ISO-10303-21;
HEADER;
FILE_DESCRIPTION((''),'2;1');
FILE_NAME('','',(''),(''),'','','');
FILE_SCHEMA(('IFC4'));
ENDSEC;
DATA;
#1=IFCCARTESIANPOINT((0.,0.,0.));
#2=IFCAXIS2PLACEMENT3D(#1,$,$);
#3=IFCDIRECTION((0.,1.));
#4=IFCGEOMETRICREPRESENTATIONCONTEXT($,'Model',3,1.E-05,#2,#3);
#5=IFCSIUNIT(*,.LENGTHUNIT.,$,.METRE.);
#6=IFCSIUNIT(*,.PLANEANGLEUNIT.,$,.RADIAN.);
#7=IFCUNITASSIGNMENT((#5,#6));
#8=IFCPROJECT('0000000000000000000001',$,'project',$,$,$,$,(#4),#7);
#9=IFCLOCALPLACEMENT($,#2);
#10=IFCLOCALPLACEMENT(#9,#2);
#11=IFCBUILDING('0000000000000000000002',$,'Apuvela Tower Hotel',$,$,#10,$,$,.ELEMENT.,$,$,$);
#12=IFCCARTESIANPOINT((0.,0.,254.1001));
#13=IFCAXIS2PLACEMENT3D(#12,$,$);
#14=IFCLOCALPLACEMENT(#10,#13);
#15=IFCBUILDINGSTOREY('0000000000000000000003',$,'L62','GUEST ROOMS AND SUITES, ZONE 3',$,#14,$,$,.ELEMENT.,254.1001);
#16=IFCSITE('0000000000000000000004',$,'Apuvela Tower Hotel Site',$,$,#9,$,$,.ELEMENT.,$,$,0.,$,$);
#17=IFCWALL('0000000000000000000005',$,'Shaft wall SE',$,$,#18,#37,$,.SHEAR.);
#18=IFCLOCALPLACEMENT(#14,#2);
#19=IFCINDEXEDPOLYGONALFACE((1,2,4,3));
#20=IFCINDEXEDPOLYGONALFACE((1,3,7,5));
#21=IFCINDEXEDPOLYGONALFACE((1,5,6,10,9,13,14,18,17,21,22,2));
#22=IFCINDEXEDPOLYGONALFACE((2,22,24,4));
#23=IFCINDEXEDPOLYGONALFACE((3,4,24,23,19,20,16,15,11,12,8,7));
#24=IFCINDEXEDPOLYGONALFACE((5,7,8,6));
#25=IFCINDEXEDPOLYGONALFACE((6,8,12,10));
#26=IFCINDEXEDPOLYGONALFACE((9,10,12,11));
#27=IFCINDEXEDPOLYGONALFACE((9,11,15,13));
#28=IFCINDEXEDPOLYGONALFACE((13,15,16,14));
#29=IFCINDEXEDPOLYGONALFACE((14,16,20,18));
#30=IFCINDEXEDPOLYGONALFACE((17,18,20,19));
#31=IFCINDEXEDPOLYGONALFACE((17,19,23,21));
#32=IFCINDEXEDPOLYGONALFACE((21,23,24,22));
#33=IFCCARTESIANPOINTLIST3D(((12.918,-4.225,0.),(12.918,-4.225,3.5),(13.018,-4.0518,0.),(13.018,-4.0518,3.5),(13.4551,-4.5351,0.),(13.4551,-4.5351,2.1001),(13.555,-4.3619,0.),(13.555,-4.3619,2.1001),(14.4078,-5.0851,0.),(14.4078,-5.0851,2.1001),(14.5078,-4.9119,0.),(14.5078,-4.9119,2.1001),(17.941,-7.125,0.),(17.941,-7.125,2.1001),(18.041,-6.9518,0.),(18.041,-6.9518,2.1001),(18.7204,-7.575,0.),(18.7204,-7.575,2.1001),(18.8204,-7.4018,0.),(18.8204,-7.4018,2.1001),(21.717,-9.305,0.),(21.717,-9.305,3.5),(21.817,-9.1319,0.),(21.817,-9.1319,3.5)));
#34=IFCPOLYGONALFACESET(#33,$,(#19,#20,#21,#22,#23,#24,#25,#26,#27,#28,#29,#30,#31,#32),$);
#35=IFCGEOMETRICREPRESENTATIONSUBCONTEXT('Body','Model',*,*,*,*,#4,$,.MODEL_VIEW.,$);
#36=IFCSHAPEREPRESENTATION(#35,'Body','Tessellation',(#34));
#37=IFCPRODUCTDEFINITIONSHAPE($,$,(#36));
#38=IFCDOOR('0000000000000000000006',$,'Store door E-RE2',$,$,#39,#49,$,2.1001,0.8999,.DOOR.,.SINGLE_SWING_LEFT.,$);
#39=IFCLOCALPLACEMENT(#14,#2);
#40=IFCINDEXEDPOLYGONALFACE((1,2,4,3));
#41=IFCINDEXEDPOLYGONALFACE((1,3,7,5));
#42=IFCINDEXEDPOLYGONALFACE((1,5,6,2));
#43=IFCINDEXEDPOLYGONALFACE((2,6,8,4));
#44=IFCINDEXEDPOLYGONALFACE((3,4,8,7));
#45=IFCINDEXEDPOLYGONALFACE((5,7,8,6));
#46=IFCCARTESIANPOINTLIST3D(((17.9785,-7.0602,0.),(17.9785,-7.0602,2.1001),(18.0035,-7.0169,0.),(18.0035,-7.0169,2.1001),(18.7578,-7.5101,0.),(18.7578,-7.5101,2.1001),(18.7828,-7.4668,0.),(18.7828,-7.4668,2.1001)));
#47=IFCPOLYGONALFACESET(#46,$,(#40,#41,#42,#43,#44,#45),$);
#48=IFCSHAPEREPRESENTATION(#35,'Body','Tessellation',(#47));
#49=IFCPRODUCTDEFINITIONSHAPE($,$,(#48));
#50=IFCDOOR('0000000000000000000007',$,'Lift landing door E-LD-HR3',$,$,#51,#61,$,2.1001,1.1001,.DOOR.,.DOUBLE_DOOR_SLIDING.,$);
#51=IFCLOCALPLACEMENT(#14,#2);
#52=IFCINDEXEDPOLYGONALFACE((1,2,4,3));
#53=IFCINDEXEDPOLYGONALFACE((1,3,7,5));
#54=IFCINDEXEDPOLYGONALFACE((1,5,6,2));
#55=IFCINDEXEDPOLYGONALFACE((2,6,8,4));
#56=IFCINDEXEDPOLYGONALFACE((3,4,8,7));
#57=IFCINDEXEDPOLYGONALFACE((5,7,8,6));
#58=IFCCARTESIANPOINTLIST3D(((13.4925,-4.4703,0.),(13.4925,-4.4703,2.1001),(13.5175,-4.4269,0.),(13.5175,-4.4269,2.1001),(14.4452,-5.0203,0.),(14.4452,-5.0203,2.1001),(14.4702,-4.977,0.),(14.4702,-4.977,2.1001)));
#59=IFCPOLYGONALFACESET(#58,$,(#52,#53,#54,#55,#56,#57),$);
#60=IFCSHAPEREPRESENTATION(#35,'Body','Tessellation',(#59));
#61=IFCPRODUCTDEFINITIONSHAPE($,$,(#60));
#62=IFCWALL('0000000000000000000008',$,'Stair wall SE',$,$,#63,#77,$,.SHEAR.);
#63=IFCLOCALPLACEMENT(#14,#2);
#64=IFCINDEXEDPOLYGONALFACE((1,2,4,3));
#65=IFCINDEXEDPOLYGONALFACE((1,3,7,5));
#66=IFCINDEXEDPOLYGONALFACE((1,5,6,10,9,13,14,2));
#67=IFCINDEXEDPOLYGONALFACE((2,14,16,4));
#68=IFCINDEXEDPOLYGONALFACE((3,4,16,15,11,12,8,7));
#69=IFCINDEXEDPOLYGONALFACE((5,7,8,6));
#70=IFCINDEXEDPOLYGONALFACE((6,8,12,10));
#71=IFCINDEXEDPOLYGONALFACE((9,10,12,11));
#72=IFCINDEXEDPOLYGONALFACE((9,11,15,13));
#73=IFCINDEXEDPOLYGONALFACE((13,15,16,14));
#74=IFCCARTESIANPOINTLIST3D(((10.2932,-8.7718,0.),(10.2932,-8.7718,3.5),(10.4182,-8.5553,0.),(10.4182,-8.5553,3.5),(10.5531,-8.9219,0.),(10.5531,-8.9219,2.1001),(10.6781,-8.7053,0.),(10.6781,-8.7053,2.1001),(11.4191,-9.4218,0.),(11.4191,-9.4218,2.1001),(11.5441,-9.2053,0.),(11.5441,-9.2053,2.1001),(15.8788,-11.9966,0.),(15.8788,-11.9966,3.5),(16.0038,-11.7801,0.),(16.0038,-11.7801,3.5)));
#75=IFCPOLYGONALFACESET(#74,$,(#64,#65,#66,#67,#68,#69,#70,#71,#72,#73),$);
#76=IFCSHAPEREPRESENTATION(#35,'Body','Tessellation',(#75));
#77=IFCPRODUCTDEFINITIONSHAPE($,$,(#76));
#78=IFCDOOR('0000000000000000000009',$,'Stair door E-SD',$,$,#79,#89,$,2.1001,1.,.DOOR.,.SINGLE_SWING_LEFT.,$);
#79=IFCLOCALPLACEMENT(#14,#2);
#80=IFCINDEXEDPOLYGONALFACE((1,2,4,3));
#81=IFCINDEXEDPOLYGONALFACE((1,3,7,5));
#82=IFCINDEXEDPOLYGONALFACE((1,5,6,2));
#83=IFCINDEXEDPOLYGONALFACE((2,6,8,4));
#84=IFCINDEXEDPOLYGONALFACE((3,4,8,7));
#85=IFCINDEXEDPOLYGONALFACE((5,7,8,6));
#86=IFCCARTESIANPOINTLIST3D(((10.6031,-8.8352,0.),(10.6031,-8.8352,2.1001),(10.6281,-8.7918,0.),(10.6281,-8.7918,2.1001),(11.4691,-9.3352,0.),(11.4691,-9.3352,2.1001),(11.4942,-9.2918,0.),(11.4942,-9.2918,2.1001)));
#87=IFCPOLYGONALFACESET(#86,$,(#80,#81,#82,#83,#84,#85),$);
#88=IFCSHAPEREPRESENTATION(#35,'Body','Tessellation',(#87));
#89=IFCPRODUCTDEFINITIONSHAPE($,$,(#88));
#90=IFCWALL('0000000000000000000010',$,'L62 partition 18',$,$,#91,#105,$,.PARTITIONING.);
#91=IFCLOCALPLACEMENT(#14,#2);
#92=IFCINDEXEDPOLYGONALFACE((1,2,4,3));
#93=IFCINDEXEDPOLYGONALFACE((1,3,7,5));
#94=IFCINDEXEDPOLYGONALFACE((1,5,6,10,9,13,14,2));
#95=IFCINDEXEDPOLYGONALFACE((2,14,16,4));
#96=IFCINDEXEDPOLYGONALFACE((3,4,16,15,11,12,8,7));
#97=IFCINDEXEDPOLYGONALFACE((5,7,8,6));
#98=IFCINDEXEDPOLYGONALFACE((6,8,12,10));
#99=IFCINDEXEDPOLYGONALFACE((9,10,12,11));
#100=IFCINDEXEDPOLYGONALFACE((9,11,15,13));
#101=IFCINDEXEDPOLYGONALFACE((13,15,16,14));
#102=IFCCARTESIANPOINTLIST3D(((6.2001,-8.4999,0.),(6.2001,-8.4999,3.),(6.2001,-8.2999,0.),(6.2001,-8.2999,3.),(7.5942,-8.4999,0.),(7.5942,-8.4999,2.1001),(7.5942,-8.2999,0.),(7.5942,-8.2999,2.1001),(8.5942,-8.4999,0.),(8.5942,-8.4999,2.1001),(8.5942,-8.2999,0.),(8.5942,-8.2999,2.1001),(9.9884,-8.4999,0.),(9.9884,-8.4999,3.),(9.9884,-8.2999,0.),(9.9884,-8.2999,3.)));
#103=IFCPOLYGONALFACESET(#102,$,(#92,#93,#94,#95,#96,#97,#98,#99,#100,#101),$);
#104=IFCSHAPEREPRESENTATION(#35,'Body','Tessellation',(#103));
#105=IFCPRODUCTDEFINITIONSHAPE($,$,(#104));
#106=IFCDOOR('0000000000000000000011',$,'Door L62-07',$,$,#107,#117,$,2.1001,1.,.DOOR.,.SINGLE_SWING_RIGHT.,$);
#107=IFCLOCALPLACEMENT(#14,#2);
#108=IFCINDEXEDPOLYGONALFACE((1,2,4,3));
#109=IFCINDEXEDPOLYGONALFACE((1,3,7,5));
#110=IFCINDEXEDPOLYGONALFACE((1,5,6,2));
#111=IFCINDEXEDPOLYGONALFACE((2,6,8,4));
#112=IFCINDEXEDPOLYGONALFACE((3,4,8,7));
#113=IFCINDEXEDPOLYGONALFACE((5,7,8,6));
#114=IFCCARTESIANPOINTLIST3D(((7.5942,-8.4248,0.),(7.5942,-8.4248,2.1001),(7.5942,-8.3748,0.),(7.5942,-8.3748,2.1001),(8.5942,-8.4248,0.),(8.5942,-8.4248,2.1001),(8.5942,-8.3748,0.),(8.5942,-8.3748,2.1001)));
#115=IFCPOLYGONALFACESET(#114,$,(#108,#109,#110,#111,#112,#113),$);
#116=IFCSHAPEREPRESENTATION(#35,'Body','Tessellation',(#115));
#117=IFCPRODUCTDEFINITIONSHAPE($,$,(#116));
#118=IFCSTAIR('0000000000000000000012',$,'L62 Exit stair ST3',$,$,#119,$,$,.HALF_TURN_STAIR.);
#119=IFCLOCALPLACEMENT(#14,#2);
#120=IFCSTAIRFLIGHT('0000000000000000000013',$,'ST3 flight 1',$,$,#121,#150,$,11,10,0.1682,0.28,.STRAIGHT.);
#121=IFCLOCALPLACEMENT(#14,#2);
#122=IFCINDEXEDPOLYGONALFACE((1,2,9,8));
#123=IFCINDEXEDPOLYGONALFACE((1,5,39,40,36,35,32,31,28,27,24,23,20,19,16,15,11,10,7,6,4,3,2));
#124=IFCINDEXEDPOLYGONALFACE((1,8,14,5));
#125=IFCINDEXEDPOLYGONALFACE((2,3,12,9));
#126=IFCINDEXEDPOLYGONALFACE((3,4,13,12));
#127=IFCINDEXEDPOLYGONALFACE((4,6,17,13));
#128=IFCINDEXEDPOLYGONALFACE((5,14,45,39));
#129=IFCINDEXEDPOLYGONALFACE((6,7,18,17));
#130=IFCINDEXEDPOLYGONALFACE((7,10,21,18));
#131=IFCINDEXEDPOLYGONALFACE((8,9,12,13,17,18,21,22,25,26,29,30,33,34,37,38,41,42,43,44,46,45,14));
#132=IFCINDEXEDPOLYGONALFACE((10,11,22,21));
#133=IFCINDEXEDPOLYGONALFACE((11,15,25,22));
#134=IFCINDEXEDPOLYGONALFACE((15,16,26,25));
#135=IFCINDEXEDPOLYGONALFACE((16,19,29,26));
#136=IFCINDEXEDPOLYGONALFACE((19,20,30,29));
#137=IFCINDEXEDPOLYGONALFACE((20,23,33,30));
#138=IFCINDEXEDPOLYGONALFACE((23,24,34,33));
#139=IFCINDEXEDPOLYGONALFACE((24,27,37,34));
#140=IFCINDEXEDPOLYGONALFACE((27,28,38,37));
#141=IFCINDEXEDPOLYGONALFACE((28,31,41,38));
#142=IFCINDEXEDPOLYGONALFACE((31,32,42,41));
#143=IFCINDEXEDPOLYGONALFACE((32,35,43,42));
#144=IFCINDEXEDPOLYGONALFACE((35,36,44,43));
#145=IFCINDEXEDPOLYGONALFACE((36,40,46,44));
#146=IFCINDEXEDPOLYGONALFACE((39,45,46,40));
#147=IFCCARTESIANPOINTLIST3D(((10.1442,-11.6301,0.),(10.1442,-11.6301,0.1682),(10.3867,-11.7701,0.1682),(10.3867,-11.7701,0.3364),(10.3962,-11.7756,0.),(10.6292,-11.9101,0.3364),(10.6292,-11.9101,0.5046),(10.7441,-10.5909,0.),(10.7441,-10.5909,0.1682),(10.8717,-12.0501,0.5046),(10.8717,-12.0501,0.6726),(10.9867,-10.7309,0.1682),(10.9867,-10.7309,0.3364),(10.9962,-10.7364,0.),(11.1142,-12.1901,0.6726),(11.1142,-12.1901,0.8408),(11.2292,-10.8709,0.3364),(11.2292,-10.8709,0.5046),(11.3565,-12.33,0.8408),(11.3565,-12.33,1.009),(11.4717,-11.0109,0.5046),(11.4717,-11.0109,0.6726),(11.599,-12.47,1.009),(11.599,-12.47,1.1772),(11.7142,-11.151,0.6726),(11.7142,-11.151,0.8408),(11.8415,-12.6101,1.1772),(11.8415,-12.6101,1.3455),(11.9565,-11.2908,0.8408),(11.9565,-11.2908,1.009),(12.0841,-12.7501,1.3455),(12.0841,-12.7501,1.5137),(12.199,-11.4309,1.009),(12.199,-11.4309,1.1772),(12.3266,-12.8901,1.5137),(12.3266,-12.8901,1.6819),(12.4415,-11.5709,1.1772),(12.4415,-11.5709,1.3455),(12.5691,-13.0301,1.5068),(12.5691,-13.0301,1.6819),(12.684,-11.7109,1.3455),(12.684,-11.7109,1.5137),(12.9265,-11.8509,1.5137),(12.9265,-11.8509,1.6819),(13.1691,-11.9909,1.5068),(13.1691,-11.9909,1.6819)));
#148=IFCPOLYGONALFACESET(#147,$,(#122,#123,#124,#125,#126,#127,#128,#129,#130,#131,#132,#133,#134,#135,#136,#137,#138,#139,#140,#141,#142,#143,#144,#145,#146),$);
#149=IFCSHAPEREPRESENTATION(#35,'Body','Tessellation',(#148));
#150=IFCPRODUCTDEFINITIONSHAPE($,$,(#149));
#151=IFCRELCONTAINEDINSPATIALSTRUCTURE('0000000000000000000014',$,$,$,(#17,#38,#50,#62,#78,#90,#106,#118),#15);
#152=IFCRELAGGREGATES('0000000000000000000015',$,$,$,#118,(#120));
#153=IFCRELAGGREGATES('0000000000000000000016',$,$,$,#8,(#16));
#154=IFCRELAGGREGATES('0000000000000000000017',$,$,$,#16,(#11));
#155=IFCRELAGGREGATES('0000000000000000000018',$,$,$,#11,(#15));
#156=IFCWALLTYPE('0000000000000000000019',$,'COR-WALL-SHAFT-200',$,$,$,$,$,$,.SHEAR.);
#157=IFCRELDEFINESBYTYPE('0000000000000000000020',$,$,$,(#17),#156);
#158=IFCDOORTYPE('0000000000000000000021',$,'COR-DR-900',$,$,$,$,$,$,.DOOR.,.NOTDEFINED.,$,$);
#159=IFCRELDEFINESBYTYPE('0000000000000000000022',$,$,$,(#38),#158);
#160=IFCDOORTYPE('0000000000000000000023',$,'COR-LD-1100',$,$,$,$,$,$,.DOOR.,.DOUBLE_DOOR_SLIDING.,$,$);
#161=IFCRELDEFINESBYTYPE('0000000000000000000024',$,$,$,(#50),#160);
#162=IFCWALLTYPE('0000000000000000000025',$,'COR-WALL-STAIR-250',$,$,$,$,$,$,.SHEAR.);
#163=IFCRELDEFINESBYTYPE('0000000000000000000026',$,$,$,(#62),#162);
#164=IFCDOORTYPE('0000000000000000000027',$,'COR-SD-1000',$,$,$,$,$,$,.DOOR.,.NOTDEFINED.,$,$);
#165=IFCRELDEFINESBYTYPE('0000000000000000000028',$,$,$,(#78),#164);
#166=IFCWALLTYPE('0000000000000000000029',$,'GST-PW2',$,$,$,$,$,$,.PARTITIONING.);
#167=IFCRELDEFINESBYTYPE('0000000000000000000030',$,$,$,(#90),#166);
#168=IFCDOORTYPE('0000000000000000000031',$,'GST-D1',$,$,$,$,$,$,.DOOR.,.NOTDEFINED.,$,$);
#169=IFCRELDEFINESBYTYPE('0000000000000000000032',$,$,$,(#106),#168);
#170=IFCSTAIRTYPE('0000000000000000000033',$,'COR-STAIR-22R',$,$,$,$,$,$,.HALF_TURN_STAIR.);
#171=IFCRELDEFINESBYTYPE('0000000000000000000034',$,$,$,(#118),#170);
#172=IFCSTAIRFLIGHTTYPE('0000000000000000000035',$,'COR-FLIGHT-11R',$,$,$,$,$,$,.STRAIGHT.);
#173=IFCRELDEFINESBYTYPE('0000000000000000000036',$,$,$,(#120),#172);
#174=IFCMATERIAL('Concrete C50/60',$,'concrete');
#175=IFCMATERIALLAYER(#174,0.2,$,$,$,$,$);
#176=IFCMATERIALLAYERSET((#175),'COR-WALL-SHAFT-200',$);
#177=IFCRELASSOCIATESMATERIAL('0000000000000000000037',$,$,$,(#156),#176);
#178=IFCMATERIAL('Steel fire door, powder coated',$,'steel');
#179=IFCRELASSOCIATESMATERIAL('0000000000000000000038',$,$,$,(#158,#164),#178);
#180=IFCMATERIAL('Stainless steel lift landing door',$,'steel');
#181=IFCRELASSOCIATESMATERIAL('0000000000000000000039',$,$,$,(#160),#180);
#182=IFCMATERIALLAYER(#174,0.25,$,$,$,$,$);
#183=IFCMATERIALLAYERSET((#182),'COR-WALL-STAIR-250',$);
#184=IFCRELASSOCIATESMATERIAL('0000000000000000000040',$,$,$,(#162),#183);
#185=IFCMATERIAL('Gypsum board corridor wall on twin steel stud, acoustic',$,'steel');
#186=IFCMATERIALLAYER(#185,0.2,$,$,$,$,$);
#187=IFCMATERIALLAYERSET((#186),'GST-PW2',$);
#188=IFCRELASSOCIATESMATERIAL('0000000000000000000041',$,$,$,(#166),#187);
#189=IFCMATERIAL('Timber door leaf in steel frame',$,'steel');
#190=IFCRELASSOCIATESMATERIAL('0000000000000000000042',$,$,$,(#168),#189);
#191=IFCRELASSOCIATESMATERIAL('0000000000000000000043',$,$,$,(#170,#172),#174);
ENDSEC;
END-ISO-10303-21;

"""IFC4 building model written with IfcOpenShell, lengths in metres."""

from ifc_helpers import new_model, si_unit, direction, frame, frame_2d, origin, place, context, subcontext, project, spatial, polyline, rectangle, outline, extrude, material, layer, layer_set, type_object, element, fill, aggregate, save


model = new_model("IFC4")

# Units and contexts
model_context = context("Model", 3, precision=1e-05, world=origin(), true_north=direction((0.0, 1.0)))
body_context = subcontext(model_context, "Body", "Model", "MODEL_VIEW")
ifc_project = project(units=[si_unit("LENGTHUNIT", "METRE"), si_unit("PLANEANGLEUNIT", "RADIAN")], contexts=[model_context])

# Site, building, storey
site_placement = place(None, origin())
site = spatial("IfcSite", under=ifc_project, at=site_placement, Name="Apuvela Tower Hotel Site", CompositionType="ELEMENT", RefElevation=0.0)
building_placement = place(site_placement, origin())
building = spatial("IfcBuilding", under=site, at=building_placement, Name="Apuvela Tower Hotel", CompositionType="ELEMENT")
storey_placement = place(building_placement, frame((0.0, 0.0, 254.1001)))
storey = spatial("IfcBuildingStorey", under=building, at=storey_placement, Name="L62", Description="GUEST ROOMS AND SUITES, ZONE 3", CompositionType="ELEMENT", Elevation=254.1001)

# Shared definitions
ifc_material_1 = material(Name="Concrete C50/60", Category="concrete")
ifc_material_2 = material(Name="Steel fire door, powder coated", Category="steel")

# Shared definitions
ifc_layer_1 = layer(ifc_material_1, 0.2)
ifc_layer_set_1 = layer_set([ifc_layer_1], Name="COR-WALL-SHAFT-200")
wall_type_1 = type_object("IfcWallType", Name="COR-WALL-SHAFT-200", PredefinedType="SHEAR", material=ifc_layer_set_1)
ifc_material_3 = material(Name="Stainless steel lift landing door", Category="steel")

# Wall, openings, doors
wall_1_placement = place(storey_placement, frame((12.968, -4.1384, 0.0), z_axis=(0.0, 0.0, 1.0), x_axis=(0.866028, -0.499995, 0.0)))
wall_1 = element("IfcWall", 1, at=wall_1_placement, inside=storey, type_object=wall_type_1, Name="Shaft wall SE", PredefinedType="SHEAR", context=body_context, shape_type="SweptSolid", body=[
    extrude(rectangle(XDim=10.1602, YDim=0.2, at=frame_2d((5.0801, 0.0))), origin(), (0.0, 0.0, 1.0), 3.5),
])
opening_1_placement = place(wall_1_placement, frame((0.6201, 0.0, 0.0)))
opening_1 = element("IfcOpeningElement", 2, at=opening_1_placement, cuts=wall_1, PredefinedType="OPENING", context=body_context, shape_type="SweptSolid", body=[
    extrude(rectangle(XDim=1.1001, YDim=2.1001, at=frame_2d((0.55, 1.05))), frame((0.0, 0.1099, 0.0), z_axis=(0.0, -1.0, 0.0), x_axis=(1.0, 0.0, 0.0)), (0.0, 0.0, 1.0), 0.22),
])
opening_2_placement = place(wall_1_placement, frame((5.8, 0.0, 0.0)))
opening_2 = element("IfcOpeningElement", 3, at=opening_2_placement, cuts=wall_1, PredefinedType="OPENING", context=body_context, shape_type="SweptSolid", body=[
    extrude(rectangle(XDim=0.8999, YDim=2.1001, at=frame_2d((0.45, 1.05))), frame((0.0, 0.1099, 0.0), z_axis=(0.0, -1.0, 0.0), x_axis=(1.0, 0.0, 0.0)), (0.0, 0.0, 1.0), 0.22),
])
door_type_1 = type_object("IfcDoorType", Name="COR-DR-900", OperationType="NOTDEFINED", PredefinedType="DOOR", material=ifc_material_2)
door_1_placement = place(opening_2_placement, origin())
door_1 = element("IfcDoor", 4, at=door_1_placement, inside=storey, type_object=door_type_1, Name="Store door E-RE2", OperationType="SINGLE_SWING_LEFT", OverallHeight=2.1001, OverallWidth=0.8999, PredefinedType="DOOR", context=body_context, shape_type="SweptSolid", body=[
    extrude(rectangle(XDim=0.8999, YDim=2.1001, at=frame_2d((0.45, 1.05))), frame((0.0, 0.0249, 0.0), z_axis=(0.0, -1.0, 0.0), x_axis=(1.0, 0.0, 0.0)), (0.0, 0.0, 1.0), 0.05),
])
fill(opening_2, door_1)
door_type_2 = type_object("IfcDoorType", Name="COR-LD-1100", OperationType="DOUBLE_DOOR_SLIDING", PredefinedType="DOOR", material=ifc_material_3)
door_2_placement = place(opening_1_placement, origin())
door_2 = element("IfcDoor", 5, at=door_2_placement, inside=storey, type_object=door_type_2, Name="Lift landing door E-LD-HR3", OperationType="DOUBLE_DOOR_SLIDING", OverallHeight=2.1001, OverallWidth=1.1001, PredefinedType="DOOR", context=body_context, shape_type="SweptSolid", body=[
    extrude(rectangle(XDim=1.1001, YDim=2.1001, at=frame_2d((0.55, 1.05))), frame((0.0, 0.0249, 0.0), z_axis=(0.0, -1.0, 0.0), x_axis=(1.0, 0.0, 0.0)), (0.0, 0.0, 1.0), 0.05),
])
fill(opening_1, door_2)

# Walls, openings, doors
ifc_layer_2 = layer(ifc_material_1, 0.25)
ifc_layer_set_2 = layer_set([ifc_layer_2], Name="COR-WALL-STAIR-250")
wall_type_2 = type_object("IfcWallType", Name="COR-WALL-STAIR-250", PredefinedType="SHEAR", material=ifc_layer_set_2)
wall_2_placement = place(storey_placement, frame((10.3557, -8.6636, 0.0), z_axis=(0.0, 0.0, 1.0), x_axis=(0.866029, -0.499994, 0.0)))
wall_2 = element("IfcWall", 6, at=wall_2_placement, inside=storey, type_object=wall_type_2, Name="Stair wall SE", PredefinedType="SHEAR", context=body_context, shape_type="SweptSolid", body=[
    extrude(rectangle(XDim=6.4497, YDim=0.25, at=frame_2d((3.2249, 0.0))), origin(), (0.0, 0.0, 1.0), 3.5),
])
opening_3_placement = place(wall_2_placement, frame((0.3, 0.0, 0.0)))
opening_3 = element("IfcOpeningElement", 7, at=opening_3_placement, cuts=wall_2, PredefinedType="OPENING", context=body_context, shape_type="SweptSolid", body=[
    extrude(rectangle(XDim=1.0, YDim=2.1001, at=frame_2d((0.5, 1.05))), frame((0.0, 0.135, 0.0), z_axis=(0.0, -1.0, 0.0), x_axis=(1.0, 0.0, 0.0)), (0.0, 0.0, 1.0), 0.27),
])
door_type_3 = type_object("IfcDoorType", Name="COR-SD-1000", OperationType="NOTDEFINED", PredefinedType="DOOR", material=ifc_material_2)
door_3_placement = place(opening_3_placement, frame((1.0, 0.0, 0.0), z_axis=(0.0, 0.0, 1.0), x_axis=(-1.0, 0.0, 0.0)))
door_3 = element("IfcDoor", 8, at=door_3_placement, inside=storey, type_object=door_type_3, Name="Stair door E-SD", OperationType="SINGLE_SWING_LEFT", OverallHeight=2.1001, OverallWidth=1.0, PredefinedType="DOOR", context=body_context, shape_type="SweptSolid", body=[
    extrude(rectangle(XDim=1.0, YDim=2.1001, at=frame_2d((0.5, 1.05))), frame((0.0, 0.0249, 0.0), z_axis=(0.0, -1.0, 0.0), x_axis=(1.0, 0.0, 0.0)), (0.0, 0.0, 1.0), 0.05),
])
fill(opening_3, door_3)
ifc_material_4 = material(Name="Gypsum board corridor wall on twin steel stud, acoustic", Category="steel")
ifc_layer_3 = layer(ifc_material_4, 0.2)
ifc_layer_set_3 = layer_set([ifc_layer_3], Name="GST-PW2")
wall_type_3 = type_object("IfcWallType", Name="GST-PW2", PredefinedType="PARTITIONING", material=ifc_layer_set_3)
wall_3_placement = place(storey_placement, frame((9.9883, -8.3999, 0.0), z_axis=(0.0, 0.0, 1.0), x_axis=(-1.0, 0.0, 0.0)))
wall_3 = element("IfcWall", 9, at=wall_3_placement, inside=storey, type_object=wall_type_3, Name="L62 partition 18", PredefinedType="PARTITIONING", context=body_context, shape_type="SweptSolid", body=[
    extrude(rectangle(XDim=3.7883, YDim=0.2, at=frame_2d((1.894, 0.0))), origin(), (0.0, 0.0, 1.0), 3.0),
])
opening_4_placement = place(wall_3_placement, frame((1.394, 0.0, 0.0)))
opening_4 = element("IfcOpeningElement", 10, at=opening_4_placement, cuts=wall_3, PredefinedType="OPENING", context=body_context, shape_type="SweptSolid", body=[
    extrude(rectangle(XDim=1.0, YDim=2.1001, at=frame_2d((0.5, 1.05))), frame((0.0, 0.1099, 0.0), z_axis=(0.0, -1.0, 0.0), x_axis=(1.0, 0.0, 0.0)), (0.0, 0.0, 1.0), 0.22),
])
ifc_material_5 = material(Name="Timber door leaf in steel frame", Category="steel")
door_type_4 = type_object("IfcDoorType", Name="GST-D1", OperationType="NOTDEFINED", PredefinedType="DOOR", material=ifc_material_5)
door_4_placement = place(opening_4_placement, origin())
door_4 = element("IfcDoor", 11, at=door_4_placement, inside=storey, type_object=door_type_4, Name="Door L62-07", OperationType="SINGLE_SWING_RIGHT", OverallHeight=2.1001, OverallWidth=1.0, PredefinedType="DOOR", context=body_context, shape_type="SweptSolid", body=[
    extrude(rectangle(XDim=1.0, YDim=2.1001, at=frame_2d((0.5, 1.05))), frame((0.0, 0.0249, 0.0), z_axis=(0.0, -1.0, 0.0), x_axis=(1.0, 0.0, 0.0)), (0.0, 0.0, 1.0), 0.05),
])
fill(opening_4, door_4)

# Stair, stair flight
stair_type = type_object("IfcStairType", Name="COR-STAIR-22R", PredefinedType="HALF_TURN_STAIR", material=ifc_material_1)
stair_placement = place(storey_placement, origin())
stair = element("IfcStair", 12, at=stair_placement, inside=storey, type_object=stair_type, Name="L62 Exit stair ST3", PredefinedType="HALF_TURN_STAIR")
stair_flight_type = type_object("IfcStairFlightType", Name="COR-FLIGHT-11R", PredefinedType="STRAIGHT", material=ifc_material_1)
stair_flight_1_placement = place(storey_placement, frame((10.4441, -11.1106, 0.0), z_axis=(0.0, 0.0, 1.0), x_axis=(0.866025, -0.5, 0.0)))
stair_flight_1 = element("IfcStairFlight", 13, at=stair_flight_1_placement, type_object=stair_flight_type, Name="ST3 flight 1", NumberOfRisers=11, NumberOfTreads=10, PredefinedType="STRAIGHT", RiserHeight=0.1682, TreadLength=0.28, context=body_context, shape_type="SweptSolid", body=[
    extrude(outline(polyline([(0.0, 0.0), (0.0, 0.1682), (0.28, 0.1682), (0.28, 0.3364), (0.5601, 0.3364), (0.5601, 0.5046), (0.8401, 0.5046), (0.8401, 0.6726), (1.1201, 0.6726), (1.1201, 0.8408), (1.3999, 0.8408), (1.3999, 1.009), (1.6799, 1.009), (1.6799, 1.1772), (1.96, 1.1772), (1.96, 1.3455), (2.24, 1.3455), (2.24, 1.5137), (2.52, 1.5137), (2.52, 1.6819), (2.8, 1.6819), (2.8, 1.8501), (2.8, 1.5068), (0.291, 0.0), (0.0, 0.0)])), frame((0.0, 0.6001, 0.0), z_axis=(0.0, -1.0, 0.0), x_axis=(1.0, 0.0, 0.0)), (0.0, 0.0, 1.0), 1.2),
])
aggregate(stair, [stair_flight_1])

save(model, "model.ifc")
